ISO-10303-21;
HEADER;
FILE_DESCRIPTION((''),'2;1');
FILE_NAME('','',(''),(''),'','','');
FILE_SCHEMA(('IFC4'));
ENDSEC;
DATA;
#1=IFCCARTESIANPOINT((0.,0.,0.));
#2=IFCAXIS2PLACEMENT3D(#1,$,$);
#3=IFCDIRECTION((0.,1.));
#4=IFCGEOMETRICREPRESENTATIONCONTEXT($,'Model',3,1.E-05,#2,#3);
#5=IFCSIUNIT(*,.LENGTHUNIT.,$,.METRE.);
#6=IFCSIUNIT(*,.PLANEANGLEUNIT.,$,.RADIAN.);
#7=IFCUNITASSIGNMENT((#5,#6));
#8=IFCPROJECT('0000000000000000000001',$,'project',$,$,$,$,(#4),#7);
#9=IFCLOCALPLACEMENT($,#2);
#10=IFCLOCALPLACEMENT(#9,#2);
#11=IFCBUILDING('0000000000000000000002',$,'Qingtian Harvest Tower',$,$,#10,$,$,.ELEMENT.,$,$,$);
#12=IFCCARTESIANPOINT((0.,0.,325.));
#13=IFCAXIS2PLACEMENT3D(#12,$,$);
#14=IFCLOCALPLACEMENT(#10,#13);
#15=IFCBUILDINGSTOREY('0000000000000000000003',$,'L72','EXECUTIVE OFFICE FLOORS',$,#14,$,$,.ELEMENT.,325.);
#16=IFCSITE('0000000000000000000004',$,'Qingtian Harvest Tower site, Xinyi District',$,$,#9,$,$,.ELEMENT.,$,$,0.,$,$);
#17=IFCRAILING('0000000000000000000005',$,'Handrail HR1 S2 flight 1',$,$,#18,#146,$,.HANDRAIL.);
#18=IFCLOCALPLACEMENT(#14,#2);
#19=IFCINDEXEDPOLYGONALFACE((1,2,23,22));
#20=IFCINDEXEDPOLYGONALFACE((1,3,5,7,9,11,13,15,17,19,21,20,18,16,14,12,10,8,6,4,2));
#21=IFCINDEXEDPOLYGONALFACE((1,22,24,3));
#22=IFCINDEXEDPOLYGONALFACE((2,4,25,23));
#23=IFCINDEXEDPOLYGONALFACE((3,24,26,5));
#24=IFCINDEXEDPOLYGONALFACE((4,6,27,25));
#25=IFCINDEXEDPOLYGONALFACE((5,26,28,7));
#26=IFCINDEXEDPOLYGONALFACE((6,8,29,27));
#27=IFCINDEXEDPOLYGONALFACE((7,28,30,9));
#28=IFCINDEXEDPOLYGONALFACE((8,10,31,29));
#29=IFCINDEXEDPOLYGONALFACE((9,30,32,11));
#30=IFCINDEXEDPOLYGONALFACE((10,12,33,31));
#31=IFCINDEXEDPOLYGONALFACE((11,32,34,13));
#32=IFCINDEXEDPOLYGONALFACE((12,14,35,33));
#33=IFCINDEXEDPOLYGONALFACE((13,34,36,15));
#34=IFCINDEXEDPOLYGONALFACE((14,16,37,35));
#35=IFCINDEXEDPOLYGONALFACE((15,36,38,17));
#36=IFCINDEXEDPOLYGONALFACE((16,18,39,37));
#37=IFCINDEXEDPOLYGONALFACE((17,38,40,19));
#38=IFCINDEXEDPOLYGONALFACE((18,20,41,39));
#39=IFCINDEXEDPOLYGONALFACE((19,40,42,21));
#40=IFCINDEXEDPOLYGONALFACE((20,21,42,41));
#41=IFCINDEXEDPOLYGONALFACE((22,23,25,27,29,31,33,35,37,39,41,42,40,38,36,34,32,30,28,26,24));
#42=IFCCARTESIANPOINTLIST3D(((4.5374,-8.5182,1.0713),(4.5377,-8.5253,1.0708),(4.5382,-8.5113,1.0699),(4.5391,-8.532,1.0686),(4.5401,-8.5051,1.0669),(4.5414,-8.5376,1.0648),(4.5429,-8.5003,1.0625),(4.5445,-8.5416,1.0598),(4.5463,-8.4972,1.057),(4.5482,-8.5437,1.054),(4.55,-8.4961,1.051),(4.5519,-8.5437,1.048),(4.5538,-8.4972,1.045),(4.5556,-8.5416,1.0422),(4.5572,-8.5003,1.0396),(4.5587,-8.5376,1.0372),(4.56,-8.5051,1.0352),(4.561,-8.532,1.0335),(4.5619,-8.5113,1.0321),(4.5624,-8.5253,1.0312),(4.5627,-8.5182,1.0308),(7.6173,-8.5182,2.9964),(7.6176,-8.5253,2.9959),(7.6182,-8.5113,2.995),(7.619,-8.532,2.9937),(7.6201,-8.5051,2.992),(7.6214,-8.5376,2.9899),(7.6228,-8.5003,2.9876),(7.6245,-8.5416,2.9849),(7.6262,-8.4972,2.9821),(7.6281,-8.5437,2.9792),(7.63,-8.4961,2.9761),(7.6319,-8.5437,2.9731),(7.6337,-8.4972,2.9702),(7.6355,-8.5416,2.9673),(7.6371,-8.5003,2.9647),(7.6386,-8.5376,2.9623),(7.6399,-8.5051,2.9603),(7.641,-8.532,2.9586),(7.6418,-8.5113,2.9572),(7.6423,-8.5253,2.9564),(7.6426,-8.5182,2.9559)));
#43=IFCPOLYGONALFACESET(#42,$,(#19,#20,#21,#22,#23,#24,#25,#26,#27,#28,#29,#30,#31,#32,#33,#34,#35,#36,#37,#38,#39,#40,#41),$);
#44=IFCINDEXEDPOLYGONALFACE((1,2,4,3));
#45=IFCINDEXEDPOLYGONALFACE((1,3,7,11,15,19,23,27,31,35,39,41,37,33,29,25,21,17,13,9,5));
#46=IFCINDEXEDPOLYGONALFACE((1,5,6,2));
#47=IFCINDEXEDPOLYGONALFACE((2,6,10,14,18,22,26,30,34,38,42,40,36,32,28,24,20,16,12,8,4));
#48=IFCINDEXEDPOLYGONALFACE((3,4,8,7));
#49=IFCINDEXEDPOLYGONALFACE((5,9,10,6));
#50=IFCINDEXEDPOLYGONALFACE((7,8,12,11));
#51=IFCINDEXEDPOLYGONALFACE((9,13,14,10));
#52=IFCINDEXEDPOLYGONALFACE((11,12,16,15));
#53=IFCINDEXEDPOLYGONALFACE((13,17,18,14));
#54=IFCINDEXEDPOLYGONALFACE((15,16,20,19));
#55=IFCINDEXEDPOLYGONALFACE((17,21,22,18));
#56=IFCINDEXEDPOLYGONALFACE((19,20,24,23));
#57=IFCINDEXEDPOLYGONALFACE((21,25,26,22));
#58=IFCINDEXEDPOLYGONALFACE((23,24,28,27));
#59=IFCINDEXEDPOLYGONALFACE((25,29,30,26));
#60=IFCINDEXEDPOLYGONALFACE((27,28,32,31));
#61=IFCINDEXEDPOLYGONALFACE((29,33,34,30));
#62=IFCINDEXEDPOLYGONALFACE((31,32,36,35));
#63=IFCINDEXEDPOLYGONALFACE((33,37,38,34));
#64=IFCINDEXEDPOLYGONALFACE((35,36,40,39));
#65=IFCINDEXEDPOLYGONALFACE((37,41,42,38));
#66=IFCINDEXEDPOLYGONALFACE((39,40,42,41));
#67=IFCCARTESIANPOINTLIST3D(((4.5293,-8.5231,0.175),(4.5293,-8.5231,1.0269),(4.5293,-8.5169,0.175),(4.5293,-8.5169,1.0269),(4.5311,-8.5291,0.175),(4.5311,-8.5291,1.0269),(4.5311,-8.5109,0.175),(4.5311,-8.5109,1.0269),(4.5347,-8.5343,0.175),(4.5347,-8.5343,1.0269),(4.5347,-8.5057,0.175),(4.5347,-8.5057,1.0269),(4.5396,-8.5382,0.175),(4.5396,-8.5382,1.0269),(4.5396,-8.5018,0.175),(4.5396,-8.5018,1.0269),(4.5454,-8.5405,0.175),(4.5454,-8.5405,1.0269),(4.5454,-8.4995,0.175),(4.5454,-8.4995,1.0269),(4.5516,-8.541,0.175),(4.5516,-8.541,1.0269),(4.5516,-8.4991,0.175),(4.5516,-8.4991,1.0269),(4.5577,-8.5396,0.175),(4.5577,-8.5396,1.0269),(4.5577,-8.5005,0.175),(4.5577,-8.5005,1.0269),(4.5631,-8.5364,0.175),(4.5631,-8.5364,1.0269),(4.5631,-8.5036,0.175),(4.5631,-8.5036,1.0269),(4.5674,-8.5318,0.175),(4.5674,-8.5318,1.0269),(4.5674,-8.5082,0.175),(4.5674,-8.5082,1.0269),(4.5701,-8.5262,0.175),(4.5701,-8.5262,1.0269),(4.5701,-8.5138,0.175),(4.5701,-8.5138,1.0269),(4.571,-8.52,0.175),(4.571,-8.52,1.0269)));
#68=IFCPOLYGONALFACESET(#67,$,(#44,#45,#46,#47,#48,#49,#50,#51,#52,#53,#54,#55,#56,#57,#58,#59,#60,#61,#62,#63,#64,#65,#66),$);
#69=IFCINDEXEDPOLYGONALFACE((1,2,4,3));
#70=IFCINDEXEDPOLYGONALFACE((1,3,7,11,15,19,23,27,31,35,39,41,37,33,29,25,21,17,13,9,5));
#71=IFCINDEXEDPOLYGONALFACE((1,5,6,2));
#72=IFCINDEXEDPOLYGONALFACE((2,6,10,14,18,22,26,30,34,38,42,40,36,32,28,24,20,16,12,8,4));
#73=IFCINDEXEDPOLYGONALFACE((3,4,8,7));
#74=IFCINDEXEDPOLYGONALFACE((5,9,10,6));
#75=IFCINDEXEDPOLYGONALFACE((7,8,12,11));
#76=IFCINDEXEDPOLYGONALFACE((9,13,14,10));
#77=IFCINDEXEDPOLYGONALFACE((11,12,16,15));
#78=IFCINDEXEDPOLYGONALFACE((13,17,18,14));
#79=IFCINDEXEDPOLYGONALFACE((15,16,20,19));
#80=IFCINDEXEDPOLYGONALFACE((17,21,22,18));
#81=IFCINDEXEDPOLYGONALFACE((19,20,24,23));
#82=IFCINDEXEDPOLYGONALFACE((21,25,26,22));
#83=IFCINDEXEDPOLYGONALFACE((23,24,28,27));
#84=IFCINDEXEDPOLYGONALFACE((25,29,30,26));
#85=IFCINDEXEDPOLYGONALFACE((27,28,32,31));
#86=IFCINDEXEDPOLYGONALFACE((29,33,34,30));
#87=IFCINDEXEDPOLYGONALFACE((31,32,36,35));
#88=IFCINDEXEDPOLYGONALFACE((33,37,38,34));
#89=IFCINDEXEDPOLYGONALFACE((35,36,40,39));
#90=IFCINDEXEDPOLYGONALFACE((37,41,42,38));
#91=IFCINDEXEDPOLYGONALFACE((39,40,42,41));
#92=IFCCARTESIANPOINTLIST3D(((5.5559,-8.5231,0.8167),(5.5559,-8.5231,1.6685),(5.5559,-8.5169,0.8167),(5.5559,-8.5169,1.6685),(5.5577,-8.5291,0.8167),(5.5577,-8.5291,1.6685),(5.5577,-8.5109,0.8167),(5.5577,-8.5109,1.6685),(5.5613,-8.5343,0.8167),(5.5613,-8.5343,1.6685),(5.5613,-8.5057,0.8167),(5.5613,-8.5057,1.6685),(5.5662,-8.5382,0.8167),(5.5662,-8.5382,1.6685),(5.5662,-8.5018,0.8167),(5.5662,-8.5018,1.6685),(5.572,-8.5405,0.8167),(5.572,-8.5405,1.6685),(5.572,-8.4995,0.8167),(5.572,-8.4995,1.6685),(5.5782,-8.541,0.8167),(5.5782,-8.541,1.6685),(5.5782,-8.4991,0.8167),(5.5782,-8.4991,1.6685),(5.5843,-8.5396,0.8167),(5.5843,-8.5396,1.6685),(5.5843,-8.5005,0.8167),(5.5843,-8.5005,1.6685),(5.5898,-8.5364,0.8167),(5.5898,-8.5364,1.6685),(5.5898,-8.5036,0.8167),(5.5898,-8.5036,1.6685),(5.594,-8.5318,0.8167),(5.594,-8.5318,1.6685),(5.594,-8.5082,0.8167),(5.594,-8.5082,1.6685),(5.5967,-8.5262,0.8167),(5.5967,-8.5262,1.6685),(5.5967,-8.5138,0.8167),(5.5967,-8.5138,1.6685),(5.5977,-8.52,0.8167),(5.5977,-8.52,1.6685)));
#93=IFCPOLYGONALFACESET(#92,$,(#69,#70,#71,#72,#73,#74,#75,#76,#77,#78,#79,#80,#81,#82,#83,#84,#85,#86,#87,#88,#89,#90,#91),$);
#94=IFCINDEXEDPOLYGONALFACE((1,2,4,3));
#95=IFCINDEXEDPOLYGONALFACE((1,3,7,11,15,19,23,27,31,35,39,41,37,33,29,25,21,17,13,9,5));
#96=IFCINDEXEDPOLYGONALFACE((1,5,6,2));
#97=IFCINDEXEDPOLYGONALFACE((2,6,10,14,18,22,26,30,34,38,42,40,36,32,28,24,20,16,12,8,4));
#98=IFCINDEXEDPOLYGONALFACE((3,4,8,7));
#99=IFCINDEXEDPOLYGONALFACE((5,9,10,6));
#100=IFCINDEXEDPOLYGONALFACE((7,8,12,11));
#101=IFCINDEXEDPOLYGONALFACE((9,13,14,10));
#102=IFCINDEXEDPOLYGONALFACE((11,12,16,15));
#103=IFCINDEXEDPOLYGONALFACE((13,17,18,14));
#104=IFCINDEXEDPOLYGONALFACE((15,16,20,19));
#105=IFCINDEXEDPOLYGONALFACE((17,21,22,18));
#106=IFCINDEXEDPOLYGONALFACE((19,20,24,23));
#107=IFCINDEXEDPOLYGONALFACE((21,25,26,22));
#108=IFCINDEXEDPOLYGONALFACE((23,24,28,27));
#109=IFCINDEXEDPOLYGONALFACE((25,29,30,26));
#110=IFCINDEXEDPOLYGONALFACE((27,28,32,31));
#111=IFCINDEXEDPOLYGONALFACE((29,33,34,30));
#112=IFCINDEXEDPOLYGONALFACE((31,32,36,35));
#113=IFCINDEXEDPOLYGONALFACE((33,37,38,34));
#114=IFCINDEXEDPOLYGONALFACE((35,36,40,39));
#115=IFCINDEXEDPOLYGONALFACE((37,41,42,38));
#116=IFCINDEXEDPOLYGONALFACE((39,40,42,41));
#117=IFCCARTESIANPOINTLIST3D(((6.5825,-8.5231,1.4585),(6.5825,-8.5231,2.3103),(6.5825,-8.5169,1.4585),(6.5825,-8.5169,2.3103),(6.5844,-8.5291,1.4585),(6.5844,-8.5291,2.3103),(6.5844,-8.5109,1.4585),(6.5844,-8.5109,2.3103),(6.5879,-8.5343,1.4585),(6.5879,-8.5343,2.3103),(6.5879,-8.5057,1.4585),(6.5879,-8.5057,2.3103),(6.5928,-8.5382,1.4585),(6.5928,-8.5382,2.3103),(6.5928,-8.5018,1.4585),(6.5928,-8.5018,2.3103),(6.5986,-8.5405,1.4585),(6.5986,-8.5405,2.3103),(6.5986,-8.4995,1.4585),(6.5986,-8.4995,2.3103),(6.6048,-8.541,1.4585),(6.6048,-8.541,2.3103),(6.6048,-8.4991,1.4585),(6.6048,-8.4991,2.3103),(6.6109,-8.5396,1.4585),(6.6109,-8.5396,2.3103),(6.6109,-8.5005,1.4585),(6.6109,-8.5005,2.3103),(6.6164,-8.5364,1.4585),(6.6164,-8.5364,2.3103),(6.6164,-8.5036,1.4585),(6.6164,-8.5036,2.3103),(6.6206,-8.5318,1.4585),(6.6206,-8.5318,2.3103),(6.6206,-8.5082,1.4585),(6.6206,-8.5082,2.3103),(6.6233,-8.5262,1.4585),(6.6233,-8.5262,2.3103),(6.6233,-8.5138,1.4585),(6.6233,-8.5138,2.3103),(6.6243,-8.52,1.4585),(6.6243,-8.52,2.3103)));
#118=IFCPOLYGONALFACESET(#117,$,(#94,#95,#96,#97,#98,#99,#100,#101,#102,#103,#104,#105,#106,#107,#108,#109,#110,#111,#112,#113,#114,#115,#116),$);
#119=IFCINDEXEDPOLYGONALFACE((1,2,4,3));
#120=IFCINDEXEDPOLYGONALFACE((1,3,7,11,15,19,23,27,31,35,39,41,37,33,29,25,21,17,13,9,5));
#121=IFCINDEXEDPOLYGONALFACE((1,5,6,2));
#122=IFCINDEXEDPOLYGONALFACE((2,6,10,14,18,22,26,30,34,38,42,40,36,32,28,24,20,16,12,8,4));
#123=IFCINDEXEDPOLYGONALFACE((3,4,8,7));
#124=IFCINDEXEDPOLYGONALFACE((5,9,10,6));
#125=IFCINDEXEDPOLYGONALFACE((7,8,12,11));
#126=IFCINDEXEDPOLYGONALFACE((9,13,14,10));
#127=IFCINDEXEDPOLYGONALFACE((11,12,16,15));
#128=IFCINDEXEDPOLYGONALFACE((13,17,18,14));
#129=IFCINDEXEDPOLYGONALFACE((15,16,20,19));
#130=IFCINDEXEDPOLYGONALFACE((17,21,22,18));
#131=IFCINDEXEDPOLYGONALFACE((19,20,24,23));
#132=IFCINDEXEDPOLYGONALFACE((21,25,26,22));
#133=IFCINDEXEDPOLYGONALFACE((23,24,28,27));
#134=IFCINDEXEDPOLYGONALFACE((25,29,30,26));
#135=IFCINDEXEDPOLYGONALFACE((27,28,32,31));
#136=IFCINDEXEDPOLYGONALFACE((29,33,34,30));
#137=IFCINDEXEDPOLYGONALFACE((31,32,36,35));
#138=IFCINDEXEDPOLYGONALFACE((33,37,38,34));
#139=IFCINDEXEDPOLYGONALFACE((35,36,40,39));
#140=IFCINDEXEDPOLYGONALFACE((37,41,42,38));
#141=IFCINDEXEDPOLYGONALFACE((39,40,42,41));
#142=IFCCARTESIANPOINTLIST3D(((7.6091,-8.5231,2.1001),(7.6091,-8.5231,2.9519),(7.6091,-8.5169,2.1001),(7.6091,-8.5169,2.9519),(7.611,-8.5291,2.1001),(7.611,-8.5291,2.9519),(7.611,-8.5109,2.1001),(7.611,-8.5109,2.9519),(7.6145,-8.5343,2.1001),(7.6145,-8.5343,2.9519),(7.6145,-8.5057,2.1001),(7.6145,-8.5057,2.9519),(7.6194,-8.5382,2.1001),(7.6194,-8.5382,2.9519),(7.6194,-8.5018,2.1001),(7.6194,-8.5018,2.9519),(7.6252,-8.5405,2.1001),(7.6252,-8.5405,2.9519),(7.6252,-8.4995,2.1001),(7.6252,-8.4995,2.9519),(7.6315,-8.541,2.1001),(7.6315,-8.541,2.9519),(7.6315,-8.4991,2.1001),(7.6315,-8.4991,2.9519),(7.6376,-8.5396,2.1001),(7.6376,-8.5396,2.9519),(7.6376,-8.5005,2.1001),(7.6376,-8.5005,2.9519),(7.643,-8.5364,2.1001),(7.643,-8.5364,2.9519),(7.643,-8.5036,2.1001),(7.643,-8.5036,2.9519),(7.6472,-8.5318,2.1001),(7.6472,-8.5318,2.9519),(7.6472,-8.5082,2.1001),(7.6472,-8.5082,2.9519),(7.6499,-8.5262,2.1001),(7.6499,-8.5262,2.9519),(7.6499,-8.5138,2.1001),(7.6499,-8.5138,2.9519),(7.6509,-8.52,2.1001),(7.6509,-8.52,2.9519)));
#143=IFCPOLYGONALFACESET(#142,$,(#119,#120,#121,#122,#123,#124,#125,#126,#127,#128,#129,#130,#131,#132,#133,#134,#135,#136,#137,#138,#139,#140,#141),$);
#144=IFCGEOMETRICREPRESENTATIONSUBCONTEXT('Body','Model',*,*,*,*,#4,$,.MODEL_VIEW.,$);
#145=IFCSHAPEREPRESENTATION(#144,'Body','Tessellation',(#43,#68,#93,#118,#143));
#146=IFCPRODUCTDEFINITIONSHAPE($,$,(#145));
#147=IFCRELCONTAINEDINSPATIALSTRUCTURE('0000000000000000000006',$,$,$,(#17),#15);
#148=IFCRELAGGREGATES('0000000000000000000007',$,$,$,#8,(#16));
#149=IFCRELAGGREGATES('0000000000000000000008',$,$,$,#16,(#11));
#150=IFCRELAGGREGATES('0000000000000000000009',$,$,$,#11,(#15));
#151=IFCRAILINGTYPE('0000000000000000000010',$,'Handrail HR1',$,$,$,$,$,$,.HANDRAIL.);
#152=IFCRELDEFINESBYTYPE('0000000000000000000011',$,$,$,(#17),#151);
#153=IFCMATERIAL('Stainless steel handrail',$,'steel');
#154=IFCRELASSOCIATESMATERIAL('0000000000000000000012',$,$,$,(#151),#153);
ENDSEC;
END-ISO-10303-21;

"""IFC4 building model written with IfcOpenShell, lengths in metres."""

from ifc_helpers import new_model, si_unit, direction, frame, origin, origin_2d, place, context, subcontext, project, spatial, circle, extrude, material, type_object, element, save


model = new_model("IFC4")

# Units and contexts
model_context = context("Model", 3, precision=1e-05, world=origin(), true_north=direction((0.0, 1.0)))
body_context = subcontext(model_context, "Body", "Model", "MODEL_VIEW")
ifc_project = project(units=[si_unit("LENGTHUNIT", "METRE"), si_unit("PLANEANGLEUNIT", "RADIAN")], contexts=[model_context])

# Site, building, storey
site_placement = place(None, origin())
site = spatial("IfcSite", under=ifc_project, at=site_placement, Name="Qingtian Harvest Tower site, Xinyi District", CompositionType="ELEMENT", RefElevation=0.0)
building_placement = place(site_placement, origin())
building = spatial("IfcBuilding", under=site, at=building_placement, Name="Qingtian Harvest Tower", CompositionType="ELEMENT")
storey_placement = place(building_placement, frame((0.0, 0.0, 325.0)))
storey = spatial("IfcBuildingStorey", under=building, at=storey_placement, Name="L72", Description="EXECUTIVE OFFICE FLOORS", CompositionType="ELEMENT", Elevation=325.0)

# Railing
ifc_material_1 = material(Name="Stainless steel handrail", Category="steel")
railing_type = type_object("IfcRailingType", Name="Handrail HR1", PredefinedType="HANDRAIL", material=ifc_material_1)
railing_placement = place(storey_placement, frame((4.55, -8.52, 0.175)))
element("IfcRailing", 1, at=railing_placement, inside=storey, type_object=railing_type, Name="Handrail HR1 S2 flight 1", PredefinedType="HANDRAIL", context=body_context, shape_type="SweptSolid", body=[
    extrude(circle(Radius=0.0239, at=origin_2d()), frame((0.0, 0.0, 0.876), z_axis=(0.847979, 0.0, 0.530029), x_axis=(0.0, 1.0, 0.0)), (0.0, 0.0, 1.0), 3.6321),
    extrude(circle(Radius=0.021, at=origin_2d()), origin(), (0.0, 0.0, 1.0), 0.8518),
    extrude(circle(Radius=0.021, at=origin_2d()), frame((1.0266, 0.0, 0.6416)), (0.0, 0.0, 1.0), 0.8518),
    extrude(circle(Radius=0.021, at=origin_2d()), frame((2.0532, 0.0, 1.2834)), (0.0, 0.0, 1.0), 0.8518),
    extrude(circle(Radius=0.021, at=origin_2d()), frame((3.0798, 0.0, 1.925)), (0.0, 0.0, 1.0), 0.8518),
])

save(model, "model.ifc")
